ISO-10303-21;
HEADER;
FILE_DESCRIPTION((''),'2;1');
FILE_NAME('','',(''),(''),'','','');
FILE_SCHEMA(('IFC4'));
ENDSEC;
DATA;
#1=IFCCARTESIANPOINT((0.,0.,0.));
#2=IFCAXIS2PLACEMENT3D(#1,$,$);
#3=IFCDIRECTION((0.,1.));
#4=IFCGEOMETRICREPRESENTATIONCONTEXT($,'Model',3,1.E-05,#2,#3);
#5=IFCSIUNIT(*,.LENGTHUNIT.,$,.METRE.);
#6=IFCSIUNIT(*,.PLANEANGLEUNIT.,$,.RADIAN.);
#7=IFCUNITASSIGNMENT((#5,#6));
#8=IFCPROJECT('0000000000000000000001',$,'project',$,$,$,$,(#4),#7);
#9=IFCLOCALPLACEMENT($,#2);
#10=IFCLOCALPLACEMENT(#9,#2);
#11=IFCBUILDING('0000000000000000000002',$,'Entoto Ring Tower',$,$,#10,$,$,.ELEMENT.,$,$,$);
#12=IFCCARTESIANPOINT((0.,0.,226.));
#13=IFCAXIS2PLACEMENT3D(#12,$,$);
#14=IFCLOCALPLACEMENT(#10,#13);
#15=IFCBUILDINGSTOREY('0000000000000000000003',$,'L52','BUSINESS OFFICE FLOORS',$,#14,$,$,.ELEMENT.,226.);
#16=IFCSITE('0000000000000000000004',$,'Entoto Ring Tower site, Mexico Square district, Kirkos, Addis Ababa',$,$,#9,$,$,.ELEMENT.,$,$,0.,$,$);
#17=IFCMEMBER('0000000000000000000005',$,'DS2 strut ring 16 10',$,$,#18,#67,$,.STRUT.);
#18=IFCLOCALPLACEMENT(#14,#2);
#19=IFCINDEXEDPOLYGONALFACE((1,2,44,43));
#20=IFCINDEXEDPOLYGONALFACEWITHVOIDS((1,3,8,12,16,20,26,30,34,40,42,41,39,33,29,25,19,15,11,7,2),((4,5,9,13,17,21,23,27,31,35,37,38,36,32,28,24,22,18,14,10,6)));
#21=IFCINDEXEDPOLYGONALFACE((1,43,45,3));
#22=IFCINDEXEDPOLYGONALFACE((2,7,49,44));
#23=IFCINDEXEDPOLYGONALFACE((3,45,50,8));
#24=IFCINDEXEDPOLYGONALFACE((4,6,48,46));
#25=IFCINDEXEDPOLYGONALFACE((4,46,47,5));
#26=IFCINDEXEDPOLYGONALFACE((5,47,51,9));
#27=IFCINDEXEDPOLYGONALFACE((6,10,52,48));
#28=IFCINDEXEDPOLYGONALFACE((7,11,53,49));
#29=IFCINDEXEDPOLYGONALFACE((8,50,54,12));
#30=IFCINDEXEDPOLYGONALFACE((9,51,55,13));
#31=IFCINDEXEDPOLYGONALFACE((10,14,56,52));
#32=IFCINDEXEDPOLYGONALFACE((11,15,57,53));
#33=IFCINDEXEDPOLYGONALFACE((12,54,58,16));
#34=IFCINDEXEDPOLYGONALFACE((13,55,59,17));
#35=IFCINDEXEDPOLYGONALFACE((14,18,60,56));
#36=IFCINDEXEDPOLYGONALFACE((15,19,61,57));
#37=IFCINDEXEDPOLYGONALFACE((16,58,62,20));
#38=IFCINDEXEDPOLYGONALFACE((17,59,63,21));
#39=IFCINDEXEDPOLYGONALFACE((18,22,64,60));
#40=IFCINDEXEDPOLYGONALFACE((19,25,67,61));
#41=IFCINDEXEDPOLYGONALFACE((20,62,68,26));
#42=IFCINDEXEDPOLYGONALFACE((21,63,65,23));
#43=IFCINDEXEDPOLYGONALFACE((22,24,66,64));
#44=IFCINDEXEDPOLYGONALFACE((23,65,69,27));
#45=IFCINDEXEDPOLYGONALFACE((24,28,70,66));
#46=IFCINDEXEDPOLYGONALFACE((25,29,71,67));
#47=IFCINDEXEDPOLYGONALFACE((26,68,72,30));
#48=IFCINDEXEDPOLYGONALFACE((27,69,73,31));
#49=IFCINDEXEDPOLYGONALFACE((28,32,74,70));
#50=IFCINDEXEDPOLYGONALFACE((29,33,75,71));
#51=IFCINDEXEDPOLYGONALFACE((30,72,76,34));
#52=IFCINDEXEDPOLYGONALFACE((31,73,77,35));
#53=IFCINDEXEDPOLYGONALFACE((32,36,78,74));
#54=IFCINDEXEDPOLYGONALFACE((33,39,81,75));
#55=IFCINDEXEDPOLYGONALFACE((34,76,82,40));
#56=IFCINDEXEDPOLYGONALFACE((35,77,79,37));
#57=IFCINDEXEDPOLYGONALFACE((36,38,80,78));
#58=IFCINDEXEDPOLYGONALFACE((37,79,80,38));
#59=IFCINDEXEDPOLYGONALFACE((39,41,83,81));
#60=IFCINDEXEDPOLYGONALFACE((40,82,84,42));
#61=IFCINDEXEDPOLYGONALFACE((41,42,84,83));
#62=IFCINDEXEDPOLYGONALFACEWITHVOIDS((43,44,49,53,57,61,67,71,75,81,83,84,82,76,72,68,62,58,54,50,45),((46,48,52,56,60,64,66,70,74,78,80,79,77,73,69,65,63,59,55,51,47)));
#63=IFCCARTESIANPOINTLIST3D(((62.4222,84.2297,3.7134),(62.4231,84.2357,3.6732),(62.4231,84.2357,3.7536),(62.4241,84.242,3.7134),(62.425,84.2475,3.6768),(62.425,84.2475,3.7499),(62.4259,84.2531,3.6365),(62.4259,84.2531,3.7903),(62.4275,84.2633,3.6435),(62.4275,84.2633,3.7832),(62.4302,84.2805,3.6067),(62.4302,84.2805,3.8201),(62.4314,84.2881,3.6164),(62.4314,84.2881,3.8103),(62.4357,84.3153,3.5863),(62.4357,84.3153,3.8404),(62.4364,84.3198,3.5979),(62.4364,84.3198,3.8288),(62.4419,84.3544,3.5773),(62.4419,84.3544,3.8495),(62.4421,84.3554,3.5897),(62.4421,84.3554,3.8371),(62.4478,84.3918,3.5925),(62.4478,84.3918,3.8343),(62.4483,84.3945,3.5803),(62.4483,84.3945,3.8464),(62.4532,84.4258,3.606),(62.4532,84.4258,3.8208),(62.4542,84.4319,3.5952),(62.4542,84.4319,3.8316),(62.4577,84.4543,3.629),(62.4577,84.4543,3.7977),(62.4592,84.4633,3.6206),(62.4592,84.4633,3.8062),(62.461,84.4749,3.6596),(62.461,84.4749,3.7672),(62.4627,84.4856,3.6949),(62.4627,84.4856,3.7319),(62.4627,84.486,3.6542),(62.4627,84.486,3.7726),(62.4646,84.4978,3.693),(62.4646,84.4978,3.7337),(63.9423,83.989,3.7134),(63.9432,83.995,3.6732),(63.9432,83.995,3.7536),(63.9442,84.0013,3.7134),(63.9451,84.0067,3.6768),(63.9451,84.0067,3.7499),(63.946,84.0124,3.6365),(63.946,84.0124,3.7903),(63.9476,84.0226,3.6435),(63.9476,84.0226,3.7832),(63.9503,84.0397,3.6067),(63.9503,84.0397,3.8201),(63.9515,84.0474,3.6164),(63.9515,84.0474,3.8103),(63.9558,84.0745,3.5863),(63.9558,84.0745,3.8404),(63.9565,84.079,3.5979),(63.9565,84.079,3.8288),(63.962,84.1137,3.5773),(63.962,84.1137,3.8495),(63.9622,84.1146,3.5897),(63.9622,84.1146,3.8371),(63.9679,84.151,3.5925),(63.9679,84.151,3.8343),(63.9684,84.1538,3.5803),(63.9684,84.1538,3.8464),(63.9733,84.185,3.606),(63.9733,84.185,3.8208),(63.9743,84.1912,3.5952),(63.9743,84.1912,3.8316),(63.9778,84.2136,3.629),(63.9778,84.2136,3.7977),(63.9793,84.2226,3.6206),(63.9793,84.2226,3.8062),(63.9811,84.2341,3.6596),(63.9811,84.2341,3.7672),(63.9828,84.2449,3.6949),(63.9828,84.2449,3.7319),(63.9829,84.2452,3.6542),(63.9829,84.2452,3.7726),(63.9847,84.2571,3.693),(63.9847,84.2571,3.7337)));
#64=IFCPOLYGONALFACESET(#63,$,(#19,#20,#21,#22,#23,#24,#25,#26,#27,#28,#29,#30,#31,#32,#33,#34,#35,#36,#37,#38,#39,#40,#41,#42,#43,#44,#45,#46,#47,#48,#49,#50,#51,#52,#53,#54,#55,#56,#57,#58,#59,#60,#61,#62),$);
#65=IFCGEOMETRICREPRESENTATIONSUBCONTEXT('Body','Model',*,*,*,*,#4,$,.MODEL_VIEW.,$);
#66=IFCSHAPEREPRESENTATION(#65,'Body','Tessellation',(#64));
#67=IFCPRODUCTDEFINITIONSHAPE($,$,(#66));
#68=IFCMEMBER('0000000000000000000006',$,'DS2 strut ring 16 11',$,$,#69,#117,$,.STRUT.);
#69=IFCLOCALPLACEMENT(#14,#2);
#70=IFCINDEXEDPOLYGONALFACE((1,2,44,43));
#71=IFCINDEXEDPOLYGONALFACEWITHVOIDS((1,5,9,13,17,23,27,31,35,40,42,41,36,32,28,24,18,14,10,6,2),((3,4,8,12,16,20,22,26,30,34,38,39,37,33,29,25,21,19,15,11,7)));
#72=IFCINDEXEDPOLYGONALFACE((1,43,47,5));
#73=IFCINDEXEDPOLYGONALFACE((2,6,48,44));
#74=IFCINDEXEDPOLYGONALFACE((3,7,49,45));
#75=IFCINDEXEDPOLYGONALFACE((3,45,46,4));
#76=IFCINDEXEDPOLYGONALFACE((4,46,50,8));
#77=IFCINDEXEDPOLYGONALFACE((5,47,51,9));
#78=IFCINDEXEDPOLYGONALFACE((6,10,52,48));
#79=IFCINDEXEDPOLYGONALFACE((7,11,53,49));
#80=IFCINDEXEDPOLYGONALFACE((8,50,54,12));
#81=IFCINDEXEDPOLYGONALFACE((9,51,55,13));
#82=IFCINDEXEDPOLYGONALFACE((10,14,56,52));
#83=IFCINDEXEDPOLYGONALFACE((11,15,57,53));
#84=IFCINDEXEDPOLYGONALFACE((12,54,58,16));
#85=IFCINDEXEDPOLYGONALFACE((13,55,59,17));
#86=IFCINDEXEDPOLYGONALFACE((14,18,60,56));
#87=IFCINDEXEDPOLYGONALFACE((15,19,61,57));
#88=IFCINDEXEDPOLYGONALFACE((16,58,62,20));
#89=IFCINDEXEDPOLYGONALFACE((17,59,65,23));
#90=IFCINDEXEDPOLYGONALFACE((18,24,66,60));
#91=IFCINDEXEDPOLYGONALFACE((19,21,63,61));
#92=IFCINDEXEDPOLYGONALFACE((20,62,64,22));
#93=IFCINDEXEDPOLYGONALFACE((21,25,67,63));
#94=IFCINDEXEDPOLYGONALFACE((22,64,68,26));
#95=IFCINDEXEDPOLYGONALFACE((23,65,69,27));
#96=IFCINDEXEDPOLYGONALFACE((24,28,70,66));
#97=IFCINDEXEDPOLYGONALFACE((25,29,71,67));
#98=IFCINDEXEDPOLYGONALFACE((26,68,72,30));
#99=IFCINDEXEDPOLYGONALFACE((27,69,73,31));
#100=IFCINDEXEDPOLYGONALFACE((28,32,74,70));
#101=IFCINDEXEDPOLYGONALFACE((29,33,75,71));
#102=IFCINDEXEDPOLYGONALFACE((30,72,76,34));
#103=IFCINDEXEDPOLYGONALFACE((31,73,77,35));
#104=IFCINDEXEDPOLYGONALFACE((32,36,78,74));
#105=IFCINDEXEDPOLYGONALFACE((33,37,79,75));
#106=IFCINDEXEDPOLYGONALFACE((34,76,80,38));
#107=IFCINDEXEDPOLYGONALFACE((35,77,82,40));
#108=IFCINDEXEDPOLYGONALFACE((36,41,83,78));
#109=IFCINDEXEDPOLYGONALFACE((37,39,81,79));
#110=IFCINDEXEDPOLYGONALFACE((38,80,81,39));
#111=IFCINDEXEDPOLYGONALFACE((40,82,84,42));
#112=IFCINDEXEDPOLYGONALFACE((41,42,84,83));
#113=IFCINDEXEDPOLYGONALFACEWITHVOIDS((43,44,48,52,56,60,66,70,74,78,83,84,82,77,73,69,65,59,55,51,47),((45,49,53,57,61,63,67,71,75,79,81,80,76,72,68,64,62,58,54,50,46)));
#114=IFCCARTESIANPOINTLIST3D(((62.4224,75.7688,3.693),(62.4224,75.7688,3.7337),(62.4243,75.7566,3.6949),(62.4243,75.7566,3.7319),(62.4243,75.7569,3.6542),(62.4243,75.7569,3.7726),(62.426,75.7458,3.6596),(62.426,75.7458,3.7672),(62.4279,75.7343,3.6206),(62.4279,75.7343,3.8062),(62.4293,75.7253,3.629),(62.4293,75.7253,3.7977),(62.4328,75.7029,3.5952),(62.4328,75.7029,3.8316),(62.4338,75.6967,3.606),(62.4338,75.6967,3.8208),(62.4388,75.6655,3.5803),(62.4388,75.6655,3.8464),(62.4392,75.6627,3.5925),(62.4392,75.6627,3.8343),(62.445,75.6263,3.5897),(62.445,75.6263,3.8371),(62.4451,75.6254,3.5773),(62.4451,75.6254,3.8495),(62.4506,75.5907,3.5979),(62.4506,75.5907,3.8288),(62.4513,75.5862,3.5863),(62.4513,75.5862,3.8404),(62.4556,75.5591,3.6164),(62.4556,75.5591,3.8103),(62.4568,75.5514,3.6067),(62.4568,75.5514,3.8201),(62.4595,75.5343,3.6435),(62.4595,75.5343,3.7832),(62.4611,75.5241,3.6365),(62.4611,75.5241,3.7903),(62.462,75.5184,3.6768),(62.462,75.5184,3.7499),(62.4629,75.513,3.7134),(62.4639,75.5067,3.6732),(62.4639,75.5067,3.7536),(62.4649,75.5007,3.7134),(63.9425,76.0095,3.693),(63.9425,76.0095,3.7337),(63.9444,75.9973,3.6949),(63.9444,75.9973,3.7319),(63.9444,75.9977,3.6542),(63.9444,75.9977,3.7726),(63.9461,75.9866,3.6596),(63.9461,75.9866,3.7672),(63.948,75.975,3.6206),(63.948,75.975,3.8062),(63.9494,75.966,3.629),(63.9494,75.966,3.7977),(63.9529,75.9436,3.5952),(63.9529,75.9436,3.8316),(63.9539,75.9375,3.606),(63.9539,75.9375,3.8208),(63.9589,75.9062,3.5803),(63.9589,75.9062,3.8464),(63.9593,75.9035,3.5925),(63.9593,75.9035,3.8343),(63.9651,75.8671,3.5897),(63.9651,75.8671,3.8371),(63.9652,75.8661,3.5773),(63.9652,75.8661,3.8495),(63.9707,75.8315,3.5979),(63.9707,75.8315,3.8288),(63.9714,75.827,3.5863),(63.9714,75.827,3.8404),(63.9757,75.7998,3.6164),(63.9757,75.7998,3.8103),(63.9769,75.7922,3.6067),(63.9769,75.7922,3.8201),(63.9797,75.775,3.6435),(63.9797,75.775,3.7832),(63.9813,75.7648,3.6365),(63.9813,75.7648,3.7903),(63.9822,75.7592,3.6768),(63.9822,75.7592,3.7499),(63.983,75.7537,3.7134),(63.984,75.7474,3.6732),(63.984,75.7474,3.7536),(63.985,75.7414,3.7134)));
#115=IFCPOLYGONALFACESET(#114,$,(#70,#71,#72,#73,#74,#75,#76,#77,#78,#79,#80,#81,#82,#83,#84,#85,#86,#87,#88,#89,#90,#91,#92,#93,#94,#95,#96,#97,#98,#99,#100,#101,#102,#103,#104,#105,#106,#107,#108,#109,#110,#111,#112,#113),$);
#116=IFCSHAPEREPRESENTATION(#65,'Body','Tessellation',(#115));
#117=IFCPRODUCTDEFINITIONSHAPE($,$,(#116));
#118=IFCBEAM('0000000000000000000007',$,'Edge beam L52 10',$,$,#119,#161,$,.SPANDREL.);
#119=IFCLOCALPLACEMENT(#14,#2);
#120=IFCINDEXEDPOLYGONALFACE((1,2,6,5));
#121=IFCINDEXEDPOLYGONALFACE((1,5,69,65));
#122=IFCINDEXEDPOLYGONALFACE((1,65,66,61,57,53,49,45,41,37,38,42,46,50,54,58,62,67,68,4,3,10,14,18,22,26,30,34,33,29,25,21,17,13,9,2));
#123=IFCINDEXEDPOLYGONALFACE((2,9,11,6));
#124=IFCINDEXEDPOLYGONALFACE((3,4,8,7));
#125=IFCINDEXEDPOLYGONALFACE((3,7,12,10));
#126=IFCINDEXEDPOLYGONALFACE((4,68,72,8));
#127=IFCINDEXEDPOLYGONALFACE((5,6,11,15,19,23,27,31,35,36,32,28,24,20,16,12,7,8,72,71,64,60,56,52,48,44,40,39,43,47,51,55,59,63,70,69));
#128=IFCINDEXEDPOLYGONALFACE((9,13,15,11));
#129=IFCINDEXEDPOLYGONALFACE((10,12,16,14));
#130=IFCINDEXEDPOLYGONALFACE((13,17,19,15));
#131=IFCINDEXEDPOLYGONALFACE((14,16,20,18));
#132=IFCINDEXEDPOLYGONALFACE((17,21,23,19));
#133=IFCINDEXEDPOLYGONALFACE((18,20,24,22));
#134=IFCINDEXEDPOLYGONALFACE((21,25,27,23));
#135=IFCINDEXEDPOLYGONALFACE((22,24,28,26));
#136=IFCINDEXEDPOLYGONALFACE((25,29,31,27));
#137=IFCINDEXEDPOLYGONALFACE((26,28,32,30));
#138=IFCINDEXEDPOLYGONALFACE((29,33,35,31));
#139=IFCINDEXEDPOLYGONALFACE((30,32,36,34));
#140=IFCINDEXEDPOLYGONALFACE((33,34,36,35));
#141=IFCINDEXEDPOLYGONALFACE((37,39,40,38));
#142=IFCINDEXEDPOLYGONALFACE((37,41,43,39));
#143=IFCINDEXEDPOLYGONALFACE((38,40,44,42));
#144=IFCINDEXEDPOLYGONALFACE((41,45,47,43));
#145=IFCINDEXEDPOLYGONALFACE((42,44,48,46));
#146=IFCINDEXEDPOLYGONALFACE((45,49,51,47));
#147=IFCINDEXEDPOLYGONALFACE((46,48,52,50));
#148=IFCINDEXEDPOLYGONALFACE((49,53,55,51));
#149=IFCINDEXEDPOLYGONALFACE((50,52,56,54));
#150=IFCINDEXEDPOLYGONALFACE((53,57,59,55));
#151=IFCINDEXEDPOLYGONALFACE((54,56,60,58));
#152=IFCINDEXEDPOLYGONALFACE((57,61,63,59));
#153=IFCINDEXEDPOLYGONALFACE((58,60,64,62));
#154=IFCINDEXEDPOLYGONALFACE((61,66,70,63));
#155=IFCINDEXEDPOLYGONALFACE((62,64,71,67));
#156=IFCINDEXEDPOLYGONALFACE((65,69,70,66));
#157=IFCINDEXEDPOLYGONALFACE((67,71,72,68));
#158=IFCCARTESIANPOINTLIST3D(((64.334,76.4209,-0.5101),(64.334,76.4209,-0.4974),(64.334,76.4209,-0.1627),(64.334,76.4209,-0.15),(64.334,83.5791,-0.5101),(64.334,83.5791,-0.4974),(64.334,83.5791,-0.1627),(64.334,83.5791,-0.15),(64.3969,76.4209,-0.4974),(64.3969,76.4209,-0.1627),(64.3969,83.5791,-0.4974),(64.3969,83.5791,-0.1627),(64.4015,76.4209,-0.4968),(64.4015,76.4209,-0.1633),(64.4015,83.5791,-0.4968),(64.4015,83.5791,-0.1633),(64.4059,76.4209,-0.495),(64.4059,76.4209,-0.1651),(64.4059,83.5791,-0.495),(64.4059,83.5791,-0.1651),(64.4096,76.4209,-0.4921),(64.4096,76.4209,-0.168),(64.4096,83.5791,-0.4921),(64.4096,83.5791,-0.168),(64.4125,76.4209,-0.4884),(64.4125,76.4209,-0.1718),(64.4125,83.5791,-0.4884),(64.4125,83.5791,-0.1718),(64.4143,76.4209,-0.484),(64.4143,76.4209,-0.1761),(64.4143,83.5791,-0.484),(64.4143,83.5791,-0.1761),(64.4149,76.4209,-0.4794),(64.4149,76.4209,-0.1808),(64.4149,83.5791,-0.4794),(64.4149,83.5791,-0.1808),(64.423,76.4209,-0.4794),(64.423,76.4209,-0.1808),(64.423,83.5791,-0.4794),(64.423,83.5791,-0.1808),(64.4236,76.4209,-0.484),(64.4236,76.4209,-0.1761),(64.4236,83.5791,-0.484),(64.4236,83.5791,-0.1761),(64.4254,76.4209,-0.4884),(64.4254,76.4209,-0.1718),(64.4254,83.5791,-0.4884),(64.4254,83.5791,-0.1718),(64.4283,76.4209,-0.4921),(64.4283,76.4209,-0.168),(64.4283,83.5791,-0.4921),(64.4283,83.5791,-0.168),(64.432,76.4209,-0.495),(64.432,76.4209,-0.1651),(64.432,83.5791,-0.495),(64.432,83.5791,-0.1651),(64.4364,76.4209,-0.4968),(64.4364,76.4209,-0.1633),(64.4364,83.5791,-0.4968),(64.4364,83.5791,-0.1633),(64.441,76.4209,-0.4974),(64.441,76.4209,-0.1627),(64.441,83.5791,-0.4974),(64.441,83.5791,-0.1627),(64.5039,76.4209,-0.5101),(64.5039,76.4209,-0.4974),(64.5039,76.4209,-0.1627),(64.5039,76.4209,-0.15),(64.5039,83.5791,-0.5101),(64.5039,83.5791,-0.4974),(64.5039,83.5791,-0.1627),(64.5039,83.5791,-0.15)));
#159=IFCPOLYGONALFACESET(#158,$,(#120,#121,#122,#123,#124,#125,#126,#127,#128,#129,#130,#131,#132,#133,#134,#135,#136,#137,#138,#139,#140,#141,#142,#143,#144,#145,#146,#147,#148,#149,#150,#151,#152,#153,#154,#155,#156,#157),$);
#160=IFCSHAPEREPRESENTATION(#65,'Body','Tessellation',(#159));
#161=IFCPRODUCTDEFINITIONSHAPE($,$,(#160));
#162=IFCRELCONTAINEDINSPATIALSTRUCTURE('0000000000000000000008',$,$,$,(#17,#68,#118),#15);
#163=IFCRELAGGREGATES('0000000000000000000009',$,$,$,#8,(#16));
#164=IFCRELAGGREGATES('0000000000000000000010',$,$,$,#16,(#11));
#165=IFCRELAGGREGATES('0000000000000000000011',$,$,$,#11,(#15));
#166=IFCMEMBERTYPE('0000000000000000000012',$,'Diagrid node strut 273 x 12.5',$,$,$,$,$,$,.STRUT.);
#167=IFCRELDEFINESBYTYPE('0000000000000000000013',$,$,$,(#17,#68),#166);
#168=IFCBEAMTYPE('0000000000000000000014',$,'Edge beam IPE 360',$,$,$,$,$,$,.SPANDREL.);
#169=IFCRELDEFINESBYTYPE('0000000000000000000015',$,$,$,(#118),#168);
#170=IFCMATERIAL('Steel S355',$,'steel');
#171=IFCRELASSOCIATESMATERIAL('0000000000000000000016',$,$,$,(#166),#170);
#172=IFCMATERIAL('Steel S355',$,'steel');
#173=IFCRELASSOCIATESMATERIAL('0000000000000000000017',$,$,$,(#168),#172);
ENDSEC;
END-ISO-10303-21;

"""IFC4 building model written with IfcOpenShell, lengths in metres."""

from ifc_helpers import new_model, si_unit, direction, frame, origin, origin_2d, place, context, subcontext, project, spatial, circle, hollow_circle, i_section, extrude, material, material_profile, profile_set, type_object, element, save


model = new_model("IFC4")

# Units and contexts
model_context = context("Model", 3, precision=1e-05, world=origin(), true_north=direction((0.0, 1.0)))
body_context = subcontext(model_context, "Body", "Model", "MODEL_VIEW")
ifc_project = project(units=[si_unit("LENGTHUNIT", "METRE"), si_unit("PLANEANGLEUNIT", "RADIAN")], contexts=[model_context])

# Site, building, storey
site_placement = place(None, origin())
site = spatial("IfcSite", under=ifc_project, at=site_placement, Name="Entoto Ring Tower site, Mexico Square district, Kirkos, Addis Ababa", CompositionType="ELEMENT", RefElevation=0.0)
building_placement = place(site_placement, origin())
building = spatial("IfcBuilding", under=site, at=building_placement, Name="Entoto Ring Tower", CompositionType="ELEMENT")
storey_placement = place(building_placement, frame((0.0, 0.0, 226.0)))
storey = spatial("IfcBuildingStorey", under=building, at=storey_placement, Name="L52", Description="BUSINESS OFFICE FLOORS", CompositionType="ELEMENT", Elevation=226.0)

# Members
ifc_material_1 = material(Name="Steel S355", Category="steel")
ifc_material_profile_1 = material_profile(ifc_material_1, hollow_circle(Radius=0.1365, WallThickness=0.0125, at=origin_2d()), Name="CHS 273 x 12.5")
ifc_material_2 = material(Name="Concrete C60/75", Category="concrete")
ifc_material_profile_2 = material_profile(ifc_material_2, circle(Radius=0.124, at=origin_2d()), Name="Concrete C60/75 infill")
ifc_profile_set_1 = profile_set([ifc_material_profile_1, ifc_material_profile_2], Name="Steel S355")
member_type = type_object("IfcMemberType", Name="Diagrid node strut 273 x 12.5", PredefinedType="STRUT", material=ifc_profile_set_1)
for number, where, z_axis, x_axis, name in (
    (1, (63.9636, 84.1238, 3.7134), (-0.987691, 0.156419, 0.0), (-0.156419, -0.987691, 0.0), "DS2 strut ring 16 10"),
    (2, (63.9636, 75.8762, 3.7134), (-0.987691, -0.156419, 0.0), (0.156419, -0.987691, 0.0), "DS2 strut ring 16 11"),
):
    element("IfcMember", number, at=place(storey_placement, frame(where, z_axis=z_axis, x_axis=x_axis)), inside=storey, type_object=member_type, Name=name, PredefinedType="STRUT", context=body_context, shape_type="SweptSolid", body=[
        extrude(hollow_circle(Radius=0.1365, WallThickness=0.0125, at=origin_2d()), origin(), (0.0, 0.0, 1.0), 1.5391),
    ])

# Beam
ifc_material_3 = material(Name="Steel S355", Category="steel")
ifc_material_profile_3 = material_profile(ifc_material_3, i_section(OverallWidth=0.1699, OverallDepth=0.3601, WebThickness=0.0081, FlangeThickness=0.0127, FilletRadius=0.0181, at=origin_2d()), Name="IPE 360")
ifc_profile_set_2 = profile_set([ifc_material_profile_3], Name="Steel S355")
beam_type_1 = type_object("IfcBeamType", Name="Edge beam IPE 360", PredefinedType="SPANDREL", material=ifc_profile_set_2)
beam_1_placement = place(storey_placement, frame((64.4189, 83.5791, -0.3301), z_axis=(0.0, -1.0, 0.0), x_axis=(1.0, 0.0, 0.0)))
element("IfcBeam", 3, at=beam_1_placement, inside=storey, type_object=beam_type_1, Name="Edge beam L52 10", PredefinedType="SPANDREL", context=body_context, shape_type="SweptSolid", body=[
    extrude(i_section(OverallWidth=0.1699, OverallDepth=0.3601, WebThickness=0.0081, FlangeThickness=0.0127, FilletRadius=0.0181, at=origin_2d()), origin(), (0.0, 0.0, 1.0), 7.1582),
])

save(model, "model.ifc")
